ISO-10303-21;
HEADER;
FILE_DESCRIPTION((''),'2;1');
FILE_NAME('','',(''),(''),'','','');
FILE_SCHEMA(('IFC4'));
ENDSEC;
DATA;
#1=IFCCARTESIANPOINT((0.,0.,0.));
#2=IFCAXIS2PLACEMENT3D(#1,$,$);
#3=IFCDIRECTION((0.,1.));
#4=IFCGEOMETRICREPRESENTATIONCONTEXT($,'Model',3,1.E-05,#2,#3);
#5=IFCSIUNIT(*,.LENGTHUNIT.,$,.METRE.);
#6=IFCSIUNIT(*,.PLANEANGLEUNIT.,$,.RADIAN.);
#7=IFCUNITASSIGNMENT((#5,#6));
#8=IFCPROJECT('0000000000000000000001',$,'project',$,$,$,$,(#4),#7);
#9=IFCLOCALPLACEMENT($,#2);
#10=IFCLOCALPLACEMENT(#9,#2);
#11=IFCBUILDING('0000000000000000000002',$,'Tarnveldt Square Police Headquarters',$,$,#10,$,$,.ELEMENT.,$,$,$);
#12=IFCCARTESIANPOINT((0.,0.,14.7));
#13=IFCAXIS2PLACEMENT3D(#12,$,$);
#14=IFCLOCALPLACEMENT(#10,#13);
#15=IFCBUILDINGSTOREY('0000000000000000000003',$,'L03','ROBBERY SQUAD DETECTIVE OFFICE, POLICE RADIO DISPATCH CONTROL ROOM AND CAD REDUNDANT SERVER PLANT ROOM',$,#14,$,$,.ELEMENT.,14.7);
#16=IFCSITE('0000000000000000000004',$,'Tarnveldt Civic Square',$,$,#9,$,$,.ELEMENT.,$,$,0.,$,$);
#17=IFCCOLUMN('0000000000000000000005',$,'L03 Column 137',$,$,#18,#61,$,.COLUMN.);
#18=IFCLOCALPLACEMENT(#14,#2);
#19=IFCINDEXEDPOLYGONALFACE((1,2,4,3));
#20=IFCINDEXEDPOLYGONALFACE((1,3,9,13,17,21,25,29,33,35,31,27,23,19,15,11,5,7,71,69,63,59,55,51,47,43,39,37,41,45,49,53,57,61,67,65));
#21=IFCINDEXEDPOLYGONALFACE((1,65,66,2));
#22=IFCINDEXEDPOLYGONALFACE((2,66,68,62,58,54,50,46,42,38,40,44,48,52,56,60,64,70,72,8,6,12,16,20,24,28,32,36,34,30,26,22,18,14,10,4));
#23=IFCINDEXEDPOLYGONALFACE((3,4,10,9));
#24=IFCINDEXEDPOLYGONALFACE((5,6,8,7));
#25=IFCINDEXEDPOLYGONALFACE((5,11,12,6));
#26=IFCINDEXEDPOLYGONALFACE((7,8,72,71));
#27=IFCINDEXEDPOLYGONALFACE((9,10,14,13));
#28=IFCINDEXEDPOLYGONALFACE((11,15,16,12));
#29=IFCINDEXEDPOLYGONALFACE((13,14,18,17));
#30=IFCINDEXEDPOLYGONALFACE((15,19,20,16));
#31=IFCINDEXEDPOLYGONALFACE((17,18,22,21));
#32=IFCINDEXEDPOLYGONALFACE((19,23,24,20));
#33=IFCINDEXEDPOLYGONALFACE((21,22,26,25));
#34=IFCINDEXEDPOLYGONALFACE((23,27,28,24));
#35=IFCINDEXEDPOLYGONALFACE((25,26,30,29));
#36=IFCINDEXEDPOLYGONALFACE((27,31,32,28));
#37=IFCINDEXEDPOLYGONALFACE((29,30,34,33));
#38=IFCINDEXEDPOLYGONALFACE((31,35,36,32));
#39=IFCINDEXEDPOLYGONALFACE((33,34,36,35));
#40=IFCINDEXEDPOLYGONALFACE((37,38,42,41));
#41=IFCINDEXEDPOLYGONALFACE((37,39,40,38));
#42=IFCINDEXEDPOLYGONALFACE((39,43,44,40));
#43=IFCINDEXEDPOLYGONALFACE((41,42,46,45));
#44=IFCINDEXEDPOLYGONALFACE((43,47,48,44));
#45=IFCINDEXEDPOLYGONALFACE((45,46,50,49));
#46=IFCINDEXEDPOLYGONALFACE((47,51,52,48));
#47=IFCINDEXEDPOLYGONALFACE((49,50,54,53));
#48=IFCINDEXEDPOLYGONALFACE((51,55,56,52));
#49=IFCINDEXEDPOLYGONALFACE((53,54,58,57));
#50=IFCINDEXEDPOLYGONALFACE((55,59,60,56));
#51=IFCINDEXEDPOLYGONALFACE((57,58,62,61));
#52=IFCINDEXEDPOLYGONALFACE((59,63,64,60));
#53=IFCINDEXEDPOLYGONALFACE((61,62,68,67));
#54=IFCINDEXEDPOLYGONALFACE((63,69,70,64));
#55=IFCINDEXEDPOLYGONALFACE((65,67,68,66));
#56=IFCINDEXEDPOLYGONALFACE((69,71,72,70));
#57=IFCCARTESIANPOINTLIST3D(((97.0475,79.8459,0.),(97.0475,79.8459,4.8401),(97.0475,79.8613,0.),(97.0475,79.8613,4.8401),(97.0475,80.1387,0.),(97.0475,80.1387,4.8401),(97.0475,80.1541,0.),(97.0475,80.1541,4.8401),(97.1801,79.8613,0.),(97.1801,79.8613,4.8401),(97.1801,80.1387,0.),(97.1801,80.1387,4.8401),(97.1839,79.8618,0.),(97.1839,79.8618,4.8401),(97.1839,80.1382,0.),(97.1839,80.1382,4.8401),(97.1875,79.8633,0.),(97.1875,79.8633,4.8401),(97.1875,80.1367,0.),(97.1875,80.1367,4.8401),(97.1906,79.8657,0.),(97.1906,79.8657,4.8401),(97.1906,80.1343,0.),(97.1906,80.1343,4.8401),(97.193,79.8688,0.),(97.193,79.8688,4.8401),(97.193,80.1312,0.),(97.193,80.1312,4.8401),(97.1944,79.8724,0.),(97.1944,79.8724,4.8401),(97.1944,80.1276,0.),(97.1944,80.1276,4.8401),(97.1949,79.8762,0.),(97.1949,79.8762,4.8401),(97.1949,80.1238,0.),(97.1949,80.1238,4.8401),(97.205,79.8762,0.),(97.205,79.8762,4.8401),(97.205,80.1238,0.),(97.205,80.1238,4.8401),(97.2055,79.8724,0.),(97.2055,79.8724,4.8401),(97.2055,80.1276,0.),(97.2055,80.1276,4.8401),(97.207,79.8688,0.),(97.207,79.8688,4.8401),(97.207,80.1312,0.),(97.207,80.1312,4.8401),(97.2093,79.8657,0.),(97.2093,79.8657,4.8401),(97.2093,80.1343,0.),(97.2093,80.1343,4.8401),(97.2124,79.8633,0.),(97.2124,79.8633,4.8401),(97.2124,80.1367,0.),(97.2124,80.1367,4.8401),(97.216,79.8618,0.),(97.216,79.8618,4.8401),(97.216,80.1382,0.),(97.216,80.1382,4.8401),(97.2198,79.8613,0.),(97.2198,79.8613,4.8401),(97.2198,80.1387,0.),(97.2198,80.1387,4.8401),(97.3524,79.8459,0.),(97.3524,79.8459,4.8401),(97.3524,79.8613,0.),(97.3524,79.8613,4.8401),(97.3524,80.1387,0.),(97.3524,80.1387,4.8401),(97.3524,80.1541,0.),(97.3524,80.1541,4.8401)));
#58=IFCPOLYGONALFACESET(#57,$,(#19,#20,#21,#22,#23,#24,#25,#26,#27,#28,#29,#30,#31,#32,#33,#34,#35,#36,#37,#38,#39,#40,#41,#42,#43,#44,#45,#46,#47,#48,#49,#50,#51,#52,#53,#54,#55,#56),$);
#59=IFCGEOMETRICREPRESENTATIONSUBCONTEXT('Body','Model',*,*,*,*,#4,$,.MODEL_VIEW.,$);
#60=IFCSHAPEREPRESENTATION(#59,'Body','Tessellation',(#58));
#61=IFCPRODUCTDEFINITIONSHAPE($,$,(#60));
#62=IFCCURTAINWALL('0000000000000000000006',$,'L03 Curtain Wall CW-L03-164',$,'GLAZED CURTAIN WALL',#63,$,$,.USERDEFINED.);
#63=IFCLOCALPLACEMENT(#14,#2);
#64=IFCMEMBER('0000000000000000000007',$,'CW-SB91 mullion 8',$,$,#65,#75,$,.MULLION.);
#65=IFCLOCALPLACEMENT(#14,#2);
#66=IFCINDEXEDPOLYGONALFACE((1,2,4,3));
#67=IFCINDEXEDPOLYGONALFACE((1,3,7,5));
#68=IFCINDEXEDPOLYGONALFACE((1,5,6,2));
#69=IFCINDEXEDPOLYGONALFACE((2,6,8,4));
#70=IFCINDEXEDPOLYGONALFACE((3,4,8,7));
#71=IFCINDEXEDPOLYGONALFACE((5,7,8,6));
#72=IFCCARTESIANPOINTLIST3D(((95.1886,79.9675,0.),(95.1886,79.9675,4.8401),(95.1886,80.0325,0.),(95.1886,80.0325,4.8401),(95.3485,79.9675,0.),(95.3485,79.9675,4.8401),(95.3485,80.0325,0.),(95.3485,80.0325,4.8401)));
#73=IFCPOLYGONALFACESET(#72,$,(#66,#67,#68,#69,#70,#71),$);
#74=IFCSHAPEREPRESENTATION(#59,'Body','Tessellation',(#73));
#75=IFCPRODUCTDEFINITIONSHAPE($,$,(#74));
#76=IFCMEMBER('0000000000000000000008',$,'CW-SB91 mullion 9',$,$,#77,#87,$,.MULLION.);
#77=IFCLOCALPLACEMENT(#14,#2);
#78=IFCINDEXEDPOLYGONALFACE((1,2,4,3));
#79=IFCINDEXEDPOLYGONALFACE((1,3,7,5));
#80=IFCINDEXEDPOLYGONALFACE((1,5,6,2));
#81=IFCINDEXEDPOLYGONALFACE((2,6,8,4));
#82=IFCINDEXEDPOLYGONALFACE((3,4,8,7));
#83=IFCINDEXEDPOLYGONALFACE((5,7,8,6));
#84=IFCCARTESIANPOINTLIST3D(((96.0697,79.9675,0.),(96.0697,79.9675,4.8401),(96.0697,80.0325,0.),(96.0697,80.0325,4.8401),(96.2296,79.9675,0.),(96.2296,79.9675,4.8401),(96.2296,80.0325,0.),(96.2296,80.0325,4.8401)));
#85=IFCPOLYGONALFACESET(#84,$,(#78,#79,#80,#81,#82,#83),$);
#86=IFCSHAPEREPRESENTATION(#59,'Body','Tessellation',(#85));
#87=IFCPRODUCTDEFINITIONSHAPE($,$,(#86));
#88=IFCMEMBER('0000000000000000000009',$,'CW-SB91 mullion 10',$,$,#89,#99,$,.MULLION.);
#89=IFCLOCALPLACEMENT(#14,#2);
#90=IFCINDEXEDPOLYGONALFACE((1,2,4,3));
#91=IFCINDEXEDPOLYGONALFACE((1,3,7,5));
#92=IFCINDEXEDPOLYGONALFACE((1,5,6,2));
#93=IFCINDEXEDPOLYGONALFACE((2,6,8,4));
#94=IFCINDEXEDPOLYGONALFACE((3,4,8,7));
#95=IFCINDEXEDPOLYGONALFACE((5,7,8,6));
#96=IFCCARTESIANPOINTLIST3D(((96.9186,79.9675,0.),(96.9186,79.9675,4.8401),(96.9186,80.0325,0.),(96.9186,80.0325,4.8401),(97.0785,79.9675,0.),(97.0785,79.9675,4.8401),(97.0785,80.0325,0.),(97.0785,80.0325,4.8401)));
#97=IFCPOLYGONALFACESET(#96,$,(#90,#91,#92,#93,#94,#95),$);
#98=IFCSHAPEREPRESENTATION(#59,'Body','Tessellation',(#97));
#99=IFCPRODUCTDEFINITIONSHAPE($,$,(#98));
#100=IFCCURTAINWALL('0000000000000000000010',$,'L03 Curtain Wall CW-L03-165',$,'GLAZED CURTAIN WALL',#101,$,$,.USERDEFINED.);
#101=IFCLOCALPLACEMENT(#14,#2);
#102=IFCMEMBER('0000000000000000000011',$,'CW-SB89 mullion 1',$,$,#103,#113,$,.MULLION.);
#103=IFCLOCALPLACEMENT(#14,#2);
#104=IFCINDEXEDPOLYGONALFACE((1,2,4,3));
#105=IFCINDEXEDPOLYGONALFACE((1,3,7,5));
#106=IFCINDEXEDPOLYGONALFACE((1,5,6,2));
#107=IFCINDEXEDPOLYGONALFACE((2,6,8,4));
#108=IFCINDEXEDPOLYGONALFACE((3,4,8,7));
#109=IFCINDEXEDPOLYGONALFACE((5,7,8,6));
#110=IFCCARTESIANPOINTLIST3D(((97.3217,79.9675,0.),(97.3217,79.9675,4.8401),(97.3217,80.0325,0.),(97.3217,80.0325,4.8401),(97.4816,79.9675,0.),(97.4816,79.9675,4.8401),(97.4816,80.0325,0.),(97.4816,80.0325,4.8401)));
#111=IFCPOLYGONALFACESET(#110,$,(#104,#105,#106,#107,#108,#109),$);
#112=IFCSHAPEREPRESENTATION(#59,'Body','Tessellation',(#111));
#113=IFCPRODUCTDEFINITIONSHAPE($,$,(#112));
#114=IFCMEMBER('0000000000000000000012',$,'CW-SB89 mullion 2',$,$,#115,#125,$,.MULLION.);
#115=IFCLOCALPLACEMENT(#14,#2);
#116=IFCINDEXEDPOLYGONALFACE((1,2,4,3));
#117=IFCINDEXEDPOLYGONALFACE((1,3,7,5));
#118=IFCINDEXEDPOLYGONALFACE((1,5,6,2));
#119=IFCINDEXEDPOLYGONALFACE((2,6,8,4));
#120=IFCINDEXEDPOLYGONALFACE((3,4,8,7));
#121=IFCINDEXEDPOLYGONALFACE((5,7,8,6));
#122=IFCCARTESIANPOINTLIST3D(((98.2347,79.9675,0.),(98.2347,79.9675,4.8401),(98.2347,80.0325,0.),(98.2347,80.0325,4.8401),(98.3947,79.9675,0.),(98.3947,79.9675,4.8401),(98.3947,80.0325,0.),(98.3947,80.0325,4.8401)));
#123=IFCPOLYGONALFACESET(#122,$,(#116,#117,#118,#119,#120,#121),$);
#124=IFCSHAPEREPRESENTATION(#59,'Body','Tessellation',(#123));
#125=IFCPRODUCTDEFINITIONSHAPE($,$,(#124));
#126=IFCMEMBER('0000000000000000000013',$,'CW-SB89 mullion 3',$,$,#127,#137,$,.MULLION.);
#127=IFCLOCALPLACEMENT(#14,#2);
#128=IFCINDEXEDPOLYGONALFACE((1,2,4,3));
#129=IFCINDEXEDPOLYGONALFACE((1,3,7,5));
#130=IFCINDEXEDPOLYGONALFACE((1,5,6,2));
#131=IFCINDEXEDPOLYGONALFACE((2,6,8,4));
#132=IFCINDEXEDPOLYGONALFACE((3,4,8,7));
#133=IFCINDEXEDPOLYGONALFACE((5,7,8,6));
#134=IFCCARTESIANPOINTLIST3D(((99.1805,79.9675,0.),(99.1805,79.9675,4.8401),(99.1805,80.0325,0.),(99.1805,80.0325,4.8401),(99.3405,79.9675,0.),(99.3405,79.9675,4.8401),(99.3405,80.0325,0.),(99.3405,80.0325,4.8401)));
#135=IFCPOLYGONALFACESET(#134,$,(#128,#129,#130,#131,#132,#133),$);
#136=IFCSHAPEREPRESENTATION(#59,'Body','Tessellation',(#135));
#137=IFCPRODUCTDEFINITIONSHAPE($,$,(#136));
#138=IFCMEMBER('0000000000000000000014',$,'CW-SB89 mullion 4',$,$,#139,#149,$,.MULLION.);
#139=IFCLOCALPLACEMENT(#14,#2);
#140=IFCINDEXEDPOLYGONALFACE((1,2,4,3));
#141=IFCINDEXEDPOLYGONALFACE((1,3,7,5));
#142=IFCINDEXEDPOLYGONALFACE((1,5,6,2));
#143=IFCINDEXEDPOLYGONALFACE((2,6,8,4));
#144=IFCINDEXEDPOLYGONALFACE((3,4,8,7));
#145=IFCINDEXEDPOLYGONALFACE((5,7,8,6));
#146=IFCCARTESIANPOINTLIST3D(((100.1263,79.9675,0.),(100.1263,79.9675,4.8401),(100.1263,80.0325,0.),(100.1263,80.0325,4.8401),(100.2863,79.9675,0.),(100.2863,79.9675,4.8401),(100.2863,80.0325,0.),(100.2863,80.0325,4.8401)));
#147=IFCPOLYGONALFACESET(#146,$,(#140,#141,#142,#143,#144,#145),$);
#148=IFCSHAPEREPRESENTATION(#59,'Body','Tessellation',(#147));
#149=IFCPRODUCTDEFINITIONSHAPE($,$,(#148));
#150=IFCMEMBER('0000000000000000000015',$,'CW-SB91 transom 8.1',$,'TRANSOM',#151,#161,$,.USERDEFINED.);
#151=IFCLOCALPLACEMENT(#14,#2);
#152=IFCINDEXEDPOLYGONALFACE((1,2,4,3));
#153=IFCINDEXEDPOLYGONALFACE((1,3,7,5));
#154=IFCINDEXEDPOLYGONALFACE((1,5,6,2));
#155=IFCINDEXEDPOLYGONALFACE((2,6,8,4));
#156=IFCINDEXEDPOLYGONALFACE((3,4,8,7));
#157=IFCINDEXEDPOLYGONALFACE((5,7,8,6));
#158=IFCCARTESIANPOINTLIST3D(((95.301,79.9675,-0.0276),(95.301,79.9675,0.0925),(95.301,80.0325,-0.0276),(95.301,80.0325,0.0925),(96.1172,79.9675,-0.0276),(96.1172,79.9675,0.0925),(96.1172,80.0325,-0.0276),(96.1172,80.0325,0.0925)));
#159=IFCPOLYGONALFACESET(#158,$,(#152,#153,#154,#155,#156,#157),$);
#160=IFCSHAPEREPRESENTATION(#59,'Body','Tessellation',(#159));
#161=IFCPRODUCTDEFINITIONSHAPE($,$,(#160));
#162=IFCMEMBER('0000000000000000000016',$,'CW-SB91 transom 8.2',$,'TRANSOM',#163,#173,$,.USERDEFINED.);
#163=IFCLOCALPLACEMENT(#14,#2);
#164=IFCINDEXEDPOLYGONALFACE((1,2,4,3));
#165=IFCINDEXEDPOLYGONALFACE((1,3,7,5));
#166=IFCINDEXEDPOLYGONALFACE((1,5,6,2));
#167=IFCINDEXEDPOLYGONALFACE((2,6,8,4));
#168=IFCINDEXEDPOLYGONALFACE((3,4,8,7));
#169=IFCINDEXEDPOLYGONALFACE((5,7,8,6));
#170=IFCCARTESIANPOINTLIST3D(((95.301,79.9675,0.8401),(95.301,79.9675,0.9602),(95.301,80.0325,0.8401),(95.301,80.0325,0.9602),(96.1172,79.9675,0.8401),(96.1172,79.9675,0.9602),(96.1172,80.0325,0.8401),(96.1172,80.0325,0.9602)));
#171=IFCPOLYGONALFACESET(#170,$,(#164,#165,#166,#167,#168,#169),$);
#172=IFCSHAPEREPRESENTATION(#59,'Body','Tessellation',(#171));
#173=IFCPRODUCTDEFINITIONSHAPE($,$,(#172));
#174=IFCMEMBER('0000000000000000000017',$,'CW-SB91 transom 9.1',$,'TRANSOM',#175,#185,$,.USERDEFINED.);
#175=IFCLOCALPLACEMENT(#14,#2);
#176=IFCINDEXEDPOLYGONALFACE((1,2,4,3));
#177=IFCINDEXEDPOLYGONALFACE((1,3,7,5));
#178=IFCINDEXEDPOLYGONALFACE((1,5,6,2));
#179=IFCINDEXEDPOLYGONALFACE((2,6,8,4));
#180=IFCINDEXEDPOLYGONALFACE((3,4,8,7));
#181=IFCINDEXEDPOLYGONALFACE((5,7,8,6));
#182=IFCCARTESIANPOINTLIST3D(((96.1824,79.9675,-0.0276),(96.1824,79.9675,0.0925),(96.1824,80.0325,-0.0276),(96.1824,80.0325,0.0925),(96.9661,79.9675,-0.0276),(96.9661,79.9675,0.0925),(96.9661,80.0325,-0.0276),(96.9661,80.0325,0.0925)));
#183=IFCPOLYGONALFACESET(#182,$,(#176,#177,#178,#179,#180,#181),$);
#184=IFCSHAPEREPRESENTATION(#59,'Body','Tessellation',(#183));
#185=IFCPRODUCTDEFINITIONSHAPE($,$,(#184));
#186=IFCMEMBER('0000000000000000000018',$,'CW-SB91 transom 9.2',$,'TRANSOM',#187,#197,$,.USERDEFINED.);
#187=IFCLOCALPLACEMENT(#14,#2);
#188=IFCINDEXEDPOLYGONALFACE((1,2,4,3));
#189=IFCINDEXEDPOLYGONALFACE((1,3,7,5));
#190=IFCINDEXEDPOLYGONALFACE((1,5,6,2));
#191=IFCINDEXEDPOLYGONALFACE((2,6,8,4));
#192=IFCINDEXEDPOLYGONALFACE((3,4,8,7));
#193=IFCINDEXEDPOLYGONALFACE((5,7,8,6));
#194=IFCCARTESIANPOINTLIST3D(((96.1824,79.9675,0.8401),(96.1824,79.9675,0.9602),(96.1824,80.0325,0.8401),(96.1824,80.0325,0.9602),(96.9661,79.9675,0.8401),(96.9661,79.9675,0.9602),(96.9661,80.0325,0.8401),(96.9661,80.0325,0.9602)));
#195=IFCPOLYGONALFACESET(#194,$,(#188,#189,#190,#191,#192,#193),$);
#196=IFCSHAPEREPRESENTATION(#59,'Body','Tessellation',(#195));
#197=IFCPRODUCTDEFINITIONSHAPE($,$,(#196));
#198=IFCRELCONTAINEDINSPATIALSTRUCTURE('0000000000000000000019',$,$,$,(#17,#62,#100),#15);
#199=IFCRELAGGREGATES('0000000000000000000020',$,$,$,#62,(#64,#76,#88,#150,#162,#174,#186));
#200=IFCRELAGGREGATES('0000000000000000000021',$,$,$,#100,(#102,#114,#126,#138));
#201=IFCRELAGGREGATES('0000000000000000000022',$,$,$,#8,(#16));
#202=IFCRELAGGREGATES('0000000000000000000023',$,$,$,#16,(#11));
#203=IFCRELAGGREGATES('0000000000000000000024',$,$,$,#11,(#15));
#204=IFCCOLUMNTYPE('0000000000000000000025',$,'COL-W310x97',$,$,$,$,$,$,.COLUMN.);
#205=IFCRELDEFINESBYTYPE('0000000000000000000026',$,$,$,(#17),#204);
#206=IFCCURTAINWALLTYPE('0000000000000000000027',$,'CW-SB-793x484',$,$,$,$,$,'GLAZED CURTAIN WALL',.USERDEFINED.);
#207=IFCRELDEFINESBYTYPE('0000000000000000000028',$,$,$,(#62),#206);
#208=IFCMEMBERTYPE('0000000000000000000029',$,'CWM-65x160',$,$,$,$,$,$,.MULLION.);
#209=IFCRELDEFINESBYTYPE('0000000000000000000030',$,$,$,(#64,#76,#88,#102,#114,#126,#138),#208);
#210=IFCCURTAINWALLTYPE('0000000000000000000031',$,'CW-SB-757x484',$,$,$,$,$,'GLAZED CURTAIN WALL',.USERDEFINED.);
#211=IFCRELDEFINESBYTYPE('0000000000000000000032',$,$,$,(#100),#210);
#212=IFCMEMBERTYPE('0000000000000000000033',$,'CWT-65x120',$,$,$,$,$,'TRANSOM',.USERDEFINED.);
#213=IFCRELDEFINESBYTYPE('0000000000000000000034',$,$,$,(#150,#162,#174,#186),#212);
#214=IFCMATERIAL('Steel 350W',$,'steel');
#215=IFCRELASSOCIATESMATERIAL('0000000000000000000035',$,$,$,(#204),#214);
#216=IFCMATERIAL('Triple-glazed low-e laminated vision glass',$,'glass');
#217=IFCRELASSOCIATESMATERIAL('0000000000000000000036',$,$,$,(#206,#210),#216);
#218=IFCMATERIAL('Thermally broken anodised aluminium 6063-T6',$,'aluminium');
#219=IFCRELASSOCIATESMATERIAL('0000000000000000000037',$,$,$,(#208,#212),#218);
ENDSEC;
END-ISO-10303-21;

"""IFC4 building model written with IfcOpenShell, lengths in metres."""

from ifc_helpers import new_model, si_unit, direction, frame, origin, origin_2d, place, context, subcontext, project, spatial, rectangle, i_section, extrude, material, material_profile, profile_set, type_object, element, aggregate, save


model = new_model("IFC4")

# Units and contexts
model_context = context("Model", 3, precision=1e-05, world=origin(), true_north=direction((0.0, 1.0)))
body_context = subcontext(model_context, "Body", "Model", "MODEL_VIEW")
ifc_project = project(units=[si_unit("LENGTHUNIT", "METRE"), si_unit("PLANEANGLEUNIT", "RADIAN")], contexts=[model_context])

# Site, building, storey
site_placement = place(None, origin())
site = spatial("IfcSite", under=ifc_project, at=site_placement, Name="Tarnveldt Civic Square", CompositionType="ELEMENT", RefElevation=0.0)
building_placement = place(site_placement, origin())
building = spatial("IfcBuilding", under=site, at=building_placement, Name="Tarnveldt Square Police Headquarters", CompositionType="ELEMENT")
storey_placement = place(building_placement, frame((0.0, 0.0, 14.7)))
storey = spatial("IfcBuildingStorey", under=building, at=storey_placement, Name="L03", Description="ROBBERY SQUAD DETECTIVE OFFICE, POLICE RADIO DISPATCH CONTROL ROOM AND CAD REDUNDANT SERVER PLANT ROOM", CompositionType="ELEMENT", Elevation=14.7)

# Column
ifc_material_1 = material(Name="Steel 350W", Category="steel")
ifc_material_profile_1 = material_profile(ifc_material_1, i_section(OverallWidth=0.3049, OverallDepth=0.3081, WebThickness=0.01, FlangeThickness=0.0154, FilletRadius=0.0149, at=origin_2d()), Name="W310x97")
ifc_profile_set_1 = profile_set([ifc_material_profile_1], Name="Steel 350W")
column_type = type_object("IfcColumnType", Name="COL-W310x97", PredefinedType="COLUMN", material=ifc_profile_set_1)
column_placement = place(storey_placement, frame((97.2, 80.0, 0.0), z_axis=(0.0, 0.0, 1.0), x_axis=(1.0, 0.0, 0.0)))
element("IfcColumn", 1, at=column_placement, inside=storey, type_object=column_type, Name="L03 Column 137", PredefinedType="COLUMN", context=body_context, shape_type="SweptSolid", body=[
    extrude(i_section(OverallWidth=0.3049, OverallDepth=0.3081, WebThickness=0.01, FlangeThickness=0.0154, FilletRadius=0.0149, at=origin_2d()), origin(), (0.0, 0.0, 1.0), 4.8401),
])

# Curtain walls, members
ifc_material_2 = material(Name="Triple-glazed low-e laminated vision glass", Category="glass")
curtain_wall_type_1 = type_object("IfcCurtainWallType", Name="CW-SB-793x484", ElementType="GLAZED CURTAIN WALL", PredefinedType="USERDEFINED", material=ifc_material_2)
curtain_wall_1_placement = place(storey_placement, origin())
curtain_wall_1 = element("IfcCurtainWall", 2, at=curtain_wall_1_placement, inside=storey, type_object=curtain_wall_type_1, Name="L03 Curtain Wall CW-L03-164", ObjectType="GLAZED CURTAIN WALL", PredefinedType="USERDEFINED")
ifc_material_3 = material(Name="Thermally broken anodised aluminium 6063-T6", Category="aluminium")
ifc_material_profile_2 = material_profile(ifc_material_3, rectangle(XDim=0.0649, YDim=0.1599, at=origin_2d()), Name="CW-M65x160")
ifc_profile_set_2 = profile_set([ifc_material_profile_2], Name="Thermally broken anodised aluminium 6063-T6")
member_type_1 = type_object("IfcMemberType", Name="CWM-65x160", PredefinedType="MULLION", material=ifc_profile_set_2)
member_1_placement = place(storey_placement, frame((95.2686, 80.0, 0.0), z_axis=(0.0, 0.0, 1.0), x_axis=(0.0, 1.0, 0.0)))
member_1 = element("IfcMember", 3, at=member_1_placement, type_object=member_type_1, Name="CW-SB91 mullion 8", PredefinedType="MULLION", context=body_context, shape_type="SweptSolid", body=[
    extrude(rectangle(XDim=0.0649, YDim=0.1599, at=origin_2d()), origin(), (0.0, 0.0, 1.0), 4.8401),
])
member_2_placement = place(storey_placement, frame((96.1497, 80.0, 0.0), z_axis=(0.0, 0.0, 1.0), x_axis=(0.0, 1.0, 0.0)))
member_2 = element("IfcMember", 4, at=member_2_placement, type_object=member_type_1, Name="CW-SB91 mullion 9", PredefinedType="MULLION", context=body_context, shape_type="SweptSolid", body=[
    extrude(rectangle(XDim=0.0649, YDim=0.1599, at=origin_2d()), origin(), (0.0, 0.0, 1.0), 4.8401),
])
member_3_placement = place(storey_placement, frame((96.9985, 80.0, 0.0), z_axis=(0.0, 0.0, 1.0), x_axis=(0.0, 1.0, 0.0)))
member_3 = element("IfcMember", 5, at=member_3_placement, type_object=member_type_1, Name="CW-SB91 mullion 10", PredefinedType="MULLION", context=body_context, shape_type="SweptSolid", body=[
    extrude(rectangle(XDim=0.0649, YDim=0.1599, at=origin_2d()), origin(), (0.0, 0.0, 1.0), 4.8401),
])
curtain_wall_type_2 = type_object("IfcCurtainWallType", Name="CW-SB-757x484", ElementType="GLAZED CURTAIN WALL", PredefinedType="USERDEFINED", material=ifc_material_2)
curtain_wall_2_placement = place(storey_placement, origin())
curtain_wall_2 = element("IfcCurtainWall", 6, at=curtain_wall_2_placement, inside=storey, type_object=curtain_wall_type_2, Name="L03 Curtain Wall CW-L03-165", ObjectType="GLAZED CURTAIN WALL", PredefinedType="USERDEFINED")
member_4_placement = place(storey_placement, frame((97.4016, 80.0, 0.0), z_axis=(0.0, 0.0, 1.0), x_axis=(0.0, 1.0, 0.0)))
member_4 = element("IfcMember", 7, at=member_4_placement, type_object=member_type_1, Name="CW-SB89 mullion 1", PredefinedType="MULLION", context=body_context, shape_type="SweptSolid", body=[
    extrude(rectangle(XDim=0.0649, YDim=0.1599, at=origin_2d()), origin(), (0.0, 0.0, 1.0), 4.8401),
])
member_5_placement = place(storey_placement, frame((98.3147, 80.0, 0.0), z_axis=(0.0, 0.0, 1.0), x_axis=(0.0, 1.0, 0.0)))
member_5 = element("IfcMember", 8, at=member_5_placement, type_object=member_type_1, Name="CW-SB89 mullion 2", PredefinedType="MULLION", context=body_context, shape_type="SweptSolid", body=[
    extrude(rectangle(XDim=0.0649, YDim=0.1599, at=origin_2d()), origin(), (0.0, 0.0, 1.0), 4.8401),
])
member_6_placement = place(storey_placement, frame((99.2605, 80.0, 0.0), z_axis=(0.0, 0.0, 1.0), x_axis=(0.0, 1.0, 0.0)))
member_6 = element("IfcMember", 9, at=member_6_placement, type_object=member_type_1, Name="CW-SB89 mullion 3", PredefinedType="MULLION", context=body_context, shape_type="SweptSolid", body=[
    extrude(rectangle(XDim=0.0649, YDim=0.1599, at=origin_2d()), origin(), (0.0, 0.0, 1.0), 4.8401),
])
member_7_placement = place(storey_placement, frame((100.2063, 80.0, 0.0), z_axis=(0.0, 0.0, 1.0), x_axis=(0.0, 1.0, 0.0)))
member_7 = element("IfcMember", 10, at=member_7_placement, type_object=member_type_1, Name="CW-SB89 mullion 4", PredefinedType="MULLION", context=body_context, shape_type="SweptSolid", body=[
    extrude(rectangle(XDim=0.0649, YDim=0.1599, at=origin_2d()), origin(), (0.0, 0.0, 1.0), 4.8401),
])

# Members
ifc_material_profile_3 = material_profile(ifc_material_3, rectangle(XDim=0.0649, YDim=0.1201, at=origin_2d()), Name="CW-T65x120")
ifc_profile_set_3 = profile_set([ifc_material_profile_3], Name="Thermally broken anodised aluminium 6063-T6")
member_type_2 = type_object("IfcMemberType", Name="CWT-65x120", ElementType="TRANSOM", PredefinedType="USERDEFINED", material=ifc_profile_set_3)
member_8_placement = place(storey_placement, frame((95.301, 80.0, 0.0325), z_axis=(1.0, 0.0, 0.0), x_axis=(0.0, 1.0, 0.0)))
member_8 = element("IfcMember", 11, at=member_8_placement, type_object=member_type_2, Name="CW-SB91 transom 8.1", ObjectType="TRANSOM", PredefinedType="USERDEFINED", context=body_context, shape_type="SweptSolid", body=[
    extrude(rectangle(XDim=0.0649, YDim=0.1201, at=origin_2d()), origin(), (0.0, 0.0, 1.0), 0.8162),
])
member_9_placement = place(storey_placement, frame((95.301, 80.0, 0.9001), z_axis=(1.0, 0.0, 0.0), x_axis=(0.0, 1.0, 0.0)))
member_9 = element("IfcMember", 12, at=member_9_placement, type_object=member_type_2, Name="CW-SB91 transom 8.2", ObjectType="TRANSOM", PredefinedType="USERDEFINED", context=body_context, shape_type="SweptSolid", body=[
    extrude(rectangle(XDim=0.0649, YDim=0.1201, at=origin_2d()), origin(), (0.0, 0.0, 1.0), 0.8162),
])
member_10_placement = place(storey_placement, frame((96.1824, 80.0, 0.0325), z_axis=(1.0, 0.0, 0.0), x_axis=(0.0, 1.0, 0.0)))
member_10 = element("IfcMember", 13, at=member_10_placement, type_object=member_type_2, Name="CW-SB91 transom 9.1", ObjectType="TRANSOM", PredefinedType="USERDEFINED", context=body_context, shape_type="SweptSolid", body=[
    extrude(rectangle(XDim=0.0649, YDim=0.1201, at=origin_2d()), origin(), (0.0, 0.0, 1.0), 0.7837),
])
member_11_placement = place(storey_placement, frame((96.1824, 80.0, 0.9001), z_axis=(1.0, 0.0, 0.0), x_axis=(0.0, 1.0, 0.0)))
member_11 = element("IfcMember", 14, at=member_11_placement, type_object=member_type_2, Name="CW-SB91 transom 9.2", ObjectType="TRANSOM", PredefinedType="USERDEFINED", context=body_context, shape_type="SweptSolid", body=[
    extrude(rectangle(XDim=0.0649, YDim=0.1201, at=origin_2d()), origin(), (0.0, 0.0, 1.0), 0.7837),
])

aggregate(curtain_wall_1, [member_1, member_2, member_3, member_8, member_9, member_10, member_11])
aggregate(curtain_wall_2, [member_4, member_5, member_6, member_7])

save(model, "model.ifc")
